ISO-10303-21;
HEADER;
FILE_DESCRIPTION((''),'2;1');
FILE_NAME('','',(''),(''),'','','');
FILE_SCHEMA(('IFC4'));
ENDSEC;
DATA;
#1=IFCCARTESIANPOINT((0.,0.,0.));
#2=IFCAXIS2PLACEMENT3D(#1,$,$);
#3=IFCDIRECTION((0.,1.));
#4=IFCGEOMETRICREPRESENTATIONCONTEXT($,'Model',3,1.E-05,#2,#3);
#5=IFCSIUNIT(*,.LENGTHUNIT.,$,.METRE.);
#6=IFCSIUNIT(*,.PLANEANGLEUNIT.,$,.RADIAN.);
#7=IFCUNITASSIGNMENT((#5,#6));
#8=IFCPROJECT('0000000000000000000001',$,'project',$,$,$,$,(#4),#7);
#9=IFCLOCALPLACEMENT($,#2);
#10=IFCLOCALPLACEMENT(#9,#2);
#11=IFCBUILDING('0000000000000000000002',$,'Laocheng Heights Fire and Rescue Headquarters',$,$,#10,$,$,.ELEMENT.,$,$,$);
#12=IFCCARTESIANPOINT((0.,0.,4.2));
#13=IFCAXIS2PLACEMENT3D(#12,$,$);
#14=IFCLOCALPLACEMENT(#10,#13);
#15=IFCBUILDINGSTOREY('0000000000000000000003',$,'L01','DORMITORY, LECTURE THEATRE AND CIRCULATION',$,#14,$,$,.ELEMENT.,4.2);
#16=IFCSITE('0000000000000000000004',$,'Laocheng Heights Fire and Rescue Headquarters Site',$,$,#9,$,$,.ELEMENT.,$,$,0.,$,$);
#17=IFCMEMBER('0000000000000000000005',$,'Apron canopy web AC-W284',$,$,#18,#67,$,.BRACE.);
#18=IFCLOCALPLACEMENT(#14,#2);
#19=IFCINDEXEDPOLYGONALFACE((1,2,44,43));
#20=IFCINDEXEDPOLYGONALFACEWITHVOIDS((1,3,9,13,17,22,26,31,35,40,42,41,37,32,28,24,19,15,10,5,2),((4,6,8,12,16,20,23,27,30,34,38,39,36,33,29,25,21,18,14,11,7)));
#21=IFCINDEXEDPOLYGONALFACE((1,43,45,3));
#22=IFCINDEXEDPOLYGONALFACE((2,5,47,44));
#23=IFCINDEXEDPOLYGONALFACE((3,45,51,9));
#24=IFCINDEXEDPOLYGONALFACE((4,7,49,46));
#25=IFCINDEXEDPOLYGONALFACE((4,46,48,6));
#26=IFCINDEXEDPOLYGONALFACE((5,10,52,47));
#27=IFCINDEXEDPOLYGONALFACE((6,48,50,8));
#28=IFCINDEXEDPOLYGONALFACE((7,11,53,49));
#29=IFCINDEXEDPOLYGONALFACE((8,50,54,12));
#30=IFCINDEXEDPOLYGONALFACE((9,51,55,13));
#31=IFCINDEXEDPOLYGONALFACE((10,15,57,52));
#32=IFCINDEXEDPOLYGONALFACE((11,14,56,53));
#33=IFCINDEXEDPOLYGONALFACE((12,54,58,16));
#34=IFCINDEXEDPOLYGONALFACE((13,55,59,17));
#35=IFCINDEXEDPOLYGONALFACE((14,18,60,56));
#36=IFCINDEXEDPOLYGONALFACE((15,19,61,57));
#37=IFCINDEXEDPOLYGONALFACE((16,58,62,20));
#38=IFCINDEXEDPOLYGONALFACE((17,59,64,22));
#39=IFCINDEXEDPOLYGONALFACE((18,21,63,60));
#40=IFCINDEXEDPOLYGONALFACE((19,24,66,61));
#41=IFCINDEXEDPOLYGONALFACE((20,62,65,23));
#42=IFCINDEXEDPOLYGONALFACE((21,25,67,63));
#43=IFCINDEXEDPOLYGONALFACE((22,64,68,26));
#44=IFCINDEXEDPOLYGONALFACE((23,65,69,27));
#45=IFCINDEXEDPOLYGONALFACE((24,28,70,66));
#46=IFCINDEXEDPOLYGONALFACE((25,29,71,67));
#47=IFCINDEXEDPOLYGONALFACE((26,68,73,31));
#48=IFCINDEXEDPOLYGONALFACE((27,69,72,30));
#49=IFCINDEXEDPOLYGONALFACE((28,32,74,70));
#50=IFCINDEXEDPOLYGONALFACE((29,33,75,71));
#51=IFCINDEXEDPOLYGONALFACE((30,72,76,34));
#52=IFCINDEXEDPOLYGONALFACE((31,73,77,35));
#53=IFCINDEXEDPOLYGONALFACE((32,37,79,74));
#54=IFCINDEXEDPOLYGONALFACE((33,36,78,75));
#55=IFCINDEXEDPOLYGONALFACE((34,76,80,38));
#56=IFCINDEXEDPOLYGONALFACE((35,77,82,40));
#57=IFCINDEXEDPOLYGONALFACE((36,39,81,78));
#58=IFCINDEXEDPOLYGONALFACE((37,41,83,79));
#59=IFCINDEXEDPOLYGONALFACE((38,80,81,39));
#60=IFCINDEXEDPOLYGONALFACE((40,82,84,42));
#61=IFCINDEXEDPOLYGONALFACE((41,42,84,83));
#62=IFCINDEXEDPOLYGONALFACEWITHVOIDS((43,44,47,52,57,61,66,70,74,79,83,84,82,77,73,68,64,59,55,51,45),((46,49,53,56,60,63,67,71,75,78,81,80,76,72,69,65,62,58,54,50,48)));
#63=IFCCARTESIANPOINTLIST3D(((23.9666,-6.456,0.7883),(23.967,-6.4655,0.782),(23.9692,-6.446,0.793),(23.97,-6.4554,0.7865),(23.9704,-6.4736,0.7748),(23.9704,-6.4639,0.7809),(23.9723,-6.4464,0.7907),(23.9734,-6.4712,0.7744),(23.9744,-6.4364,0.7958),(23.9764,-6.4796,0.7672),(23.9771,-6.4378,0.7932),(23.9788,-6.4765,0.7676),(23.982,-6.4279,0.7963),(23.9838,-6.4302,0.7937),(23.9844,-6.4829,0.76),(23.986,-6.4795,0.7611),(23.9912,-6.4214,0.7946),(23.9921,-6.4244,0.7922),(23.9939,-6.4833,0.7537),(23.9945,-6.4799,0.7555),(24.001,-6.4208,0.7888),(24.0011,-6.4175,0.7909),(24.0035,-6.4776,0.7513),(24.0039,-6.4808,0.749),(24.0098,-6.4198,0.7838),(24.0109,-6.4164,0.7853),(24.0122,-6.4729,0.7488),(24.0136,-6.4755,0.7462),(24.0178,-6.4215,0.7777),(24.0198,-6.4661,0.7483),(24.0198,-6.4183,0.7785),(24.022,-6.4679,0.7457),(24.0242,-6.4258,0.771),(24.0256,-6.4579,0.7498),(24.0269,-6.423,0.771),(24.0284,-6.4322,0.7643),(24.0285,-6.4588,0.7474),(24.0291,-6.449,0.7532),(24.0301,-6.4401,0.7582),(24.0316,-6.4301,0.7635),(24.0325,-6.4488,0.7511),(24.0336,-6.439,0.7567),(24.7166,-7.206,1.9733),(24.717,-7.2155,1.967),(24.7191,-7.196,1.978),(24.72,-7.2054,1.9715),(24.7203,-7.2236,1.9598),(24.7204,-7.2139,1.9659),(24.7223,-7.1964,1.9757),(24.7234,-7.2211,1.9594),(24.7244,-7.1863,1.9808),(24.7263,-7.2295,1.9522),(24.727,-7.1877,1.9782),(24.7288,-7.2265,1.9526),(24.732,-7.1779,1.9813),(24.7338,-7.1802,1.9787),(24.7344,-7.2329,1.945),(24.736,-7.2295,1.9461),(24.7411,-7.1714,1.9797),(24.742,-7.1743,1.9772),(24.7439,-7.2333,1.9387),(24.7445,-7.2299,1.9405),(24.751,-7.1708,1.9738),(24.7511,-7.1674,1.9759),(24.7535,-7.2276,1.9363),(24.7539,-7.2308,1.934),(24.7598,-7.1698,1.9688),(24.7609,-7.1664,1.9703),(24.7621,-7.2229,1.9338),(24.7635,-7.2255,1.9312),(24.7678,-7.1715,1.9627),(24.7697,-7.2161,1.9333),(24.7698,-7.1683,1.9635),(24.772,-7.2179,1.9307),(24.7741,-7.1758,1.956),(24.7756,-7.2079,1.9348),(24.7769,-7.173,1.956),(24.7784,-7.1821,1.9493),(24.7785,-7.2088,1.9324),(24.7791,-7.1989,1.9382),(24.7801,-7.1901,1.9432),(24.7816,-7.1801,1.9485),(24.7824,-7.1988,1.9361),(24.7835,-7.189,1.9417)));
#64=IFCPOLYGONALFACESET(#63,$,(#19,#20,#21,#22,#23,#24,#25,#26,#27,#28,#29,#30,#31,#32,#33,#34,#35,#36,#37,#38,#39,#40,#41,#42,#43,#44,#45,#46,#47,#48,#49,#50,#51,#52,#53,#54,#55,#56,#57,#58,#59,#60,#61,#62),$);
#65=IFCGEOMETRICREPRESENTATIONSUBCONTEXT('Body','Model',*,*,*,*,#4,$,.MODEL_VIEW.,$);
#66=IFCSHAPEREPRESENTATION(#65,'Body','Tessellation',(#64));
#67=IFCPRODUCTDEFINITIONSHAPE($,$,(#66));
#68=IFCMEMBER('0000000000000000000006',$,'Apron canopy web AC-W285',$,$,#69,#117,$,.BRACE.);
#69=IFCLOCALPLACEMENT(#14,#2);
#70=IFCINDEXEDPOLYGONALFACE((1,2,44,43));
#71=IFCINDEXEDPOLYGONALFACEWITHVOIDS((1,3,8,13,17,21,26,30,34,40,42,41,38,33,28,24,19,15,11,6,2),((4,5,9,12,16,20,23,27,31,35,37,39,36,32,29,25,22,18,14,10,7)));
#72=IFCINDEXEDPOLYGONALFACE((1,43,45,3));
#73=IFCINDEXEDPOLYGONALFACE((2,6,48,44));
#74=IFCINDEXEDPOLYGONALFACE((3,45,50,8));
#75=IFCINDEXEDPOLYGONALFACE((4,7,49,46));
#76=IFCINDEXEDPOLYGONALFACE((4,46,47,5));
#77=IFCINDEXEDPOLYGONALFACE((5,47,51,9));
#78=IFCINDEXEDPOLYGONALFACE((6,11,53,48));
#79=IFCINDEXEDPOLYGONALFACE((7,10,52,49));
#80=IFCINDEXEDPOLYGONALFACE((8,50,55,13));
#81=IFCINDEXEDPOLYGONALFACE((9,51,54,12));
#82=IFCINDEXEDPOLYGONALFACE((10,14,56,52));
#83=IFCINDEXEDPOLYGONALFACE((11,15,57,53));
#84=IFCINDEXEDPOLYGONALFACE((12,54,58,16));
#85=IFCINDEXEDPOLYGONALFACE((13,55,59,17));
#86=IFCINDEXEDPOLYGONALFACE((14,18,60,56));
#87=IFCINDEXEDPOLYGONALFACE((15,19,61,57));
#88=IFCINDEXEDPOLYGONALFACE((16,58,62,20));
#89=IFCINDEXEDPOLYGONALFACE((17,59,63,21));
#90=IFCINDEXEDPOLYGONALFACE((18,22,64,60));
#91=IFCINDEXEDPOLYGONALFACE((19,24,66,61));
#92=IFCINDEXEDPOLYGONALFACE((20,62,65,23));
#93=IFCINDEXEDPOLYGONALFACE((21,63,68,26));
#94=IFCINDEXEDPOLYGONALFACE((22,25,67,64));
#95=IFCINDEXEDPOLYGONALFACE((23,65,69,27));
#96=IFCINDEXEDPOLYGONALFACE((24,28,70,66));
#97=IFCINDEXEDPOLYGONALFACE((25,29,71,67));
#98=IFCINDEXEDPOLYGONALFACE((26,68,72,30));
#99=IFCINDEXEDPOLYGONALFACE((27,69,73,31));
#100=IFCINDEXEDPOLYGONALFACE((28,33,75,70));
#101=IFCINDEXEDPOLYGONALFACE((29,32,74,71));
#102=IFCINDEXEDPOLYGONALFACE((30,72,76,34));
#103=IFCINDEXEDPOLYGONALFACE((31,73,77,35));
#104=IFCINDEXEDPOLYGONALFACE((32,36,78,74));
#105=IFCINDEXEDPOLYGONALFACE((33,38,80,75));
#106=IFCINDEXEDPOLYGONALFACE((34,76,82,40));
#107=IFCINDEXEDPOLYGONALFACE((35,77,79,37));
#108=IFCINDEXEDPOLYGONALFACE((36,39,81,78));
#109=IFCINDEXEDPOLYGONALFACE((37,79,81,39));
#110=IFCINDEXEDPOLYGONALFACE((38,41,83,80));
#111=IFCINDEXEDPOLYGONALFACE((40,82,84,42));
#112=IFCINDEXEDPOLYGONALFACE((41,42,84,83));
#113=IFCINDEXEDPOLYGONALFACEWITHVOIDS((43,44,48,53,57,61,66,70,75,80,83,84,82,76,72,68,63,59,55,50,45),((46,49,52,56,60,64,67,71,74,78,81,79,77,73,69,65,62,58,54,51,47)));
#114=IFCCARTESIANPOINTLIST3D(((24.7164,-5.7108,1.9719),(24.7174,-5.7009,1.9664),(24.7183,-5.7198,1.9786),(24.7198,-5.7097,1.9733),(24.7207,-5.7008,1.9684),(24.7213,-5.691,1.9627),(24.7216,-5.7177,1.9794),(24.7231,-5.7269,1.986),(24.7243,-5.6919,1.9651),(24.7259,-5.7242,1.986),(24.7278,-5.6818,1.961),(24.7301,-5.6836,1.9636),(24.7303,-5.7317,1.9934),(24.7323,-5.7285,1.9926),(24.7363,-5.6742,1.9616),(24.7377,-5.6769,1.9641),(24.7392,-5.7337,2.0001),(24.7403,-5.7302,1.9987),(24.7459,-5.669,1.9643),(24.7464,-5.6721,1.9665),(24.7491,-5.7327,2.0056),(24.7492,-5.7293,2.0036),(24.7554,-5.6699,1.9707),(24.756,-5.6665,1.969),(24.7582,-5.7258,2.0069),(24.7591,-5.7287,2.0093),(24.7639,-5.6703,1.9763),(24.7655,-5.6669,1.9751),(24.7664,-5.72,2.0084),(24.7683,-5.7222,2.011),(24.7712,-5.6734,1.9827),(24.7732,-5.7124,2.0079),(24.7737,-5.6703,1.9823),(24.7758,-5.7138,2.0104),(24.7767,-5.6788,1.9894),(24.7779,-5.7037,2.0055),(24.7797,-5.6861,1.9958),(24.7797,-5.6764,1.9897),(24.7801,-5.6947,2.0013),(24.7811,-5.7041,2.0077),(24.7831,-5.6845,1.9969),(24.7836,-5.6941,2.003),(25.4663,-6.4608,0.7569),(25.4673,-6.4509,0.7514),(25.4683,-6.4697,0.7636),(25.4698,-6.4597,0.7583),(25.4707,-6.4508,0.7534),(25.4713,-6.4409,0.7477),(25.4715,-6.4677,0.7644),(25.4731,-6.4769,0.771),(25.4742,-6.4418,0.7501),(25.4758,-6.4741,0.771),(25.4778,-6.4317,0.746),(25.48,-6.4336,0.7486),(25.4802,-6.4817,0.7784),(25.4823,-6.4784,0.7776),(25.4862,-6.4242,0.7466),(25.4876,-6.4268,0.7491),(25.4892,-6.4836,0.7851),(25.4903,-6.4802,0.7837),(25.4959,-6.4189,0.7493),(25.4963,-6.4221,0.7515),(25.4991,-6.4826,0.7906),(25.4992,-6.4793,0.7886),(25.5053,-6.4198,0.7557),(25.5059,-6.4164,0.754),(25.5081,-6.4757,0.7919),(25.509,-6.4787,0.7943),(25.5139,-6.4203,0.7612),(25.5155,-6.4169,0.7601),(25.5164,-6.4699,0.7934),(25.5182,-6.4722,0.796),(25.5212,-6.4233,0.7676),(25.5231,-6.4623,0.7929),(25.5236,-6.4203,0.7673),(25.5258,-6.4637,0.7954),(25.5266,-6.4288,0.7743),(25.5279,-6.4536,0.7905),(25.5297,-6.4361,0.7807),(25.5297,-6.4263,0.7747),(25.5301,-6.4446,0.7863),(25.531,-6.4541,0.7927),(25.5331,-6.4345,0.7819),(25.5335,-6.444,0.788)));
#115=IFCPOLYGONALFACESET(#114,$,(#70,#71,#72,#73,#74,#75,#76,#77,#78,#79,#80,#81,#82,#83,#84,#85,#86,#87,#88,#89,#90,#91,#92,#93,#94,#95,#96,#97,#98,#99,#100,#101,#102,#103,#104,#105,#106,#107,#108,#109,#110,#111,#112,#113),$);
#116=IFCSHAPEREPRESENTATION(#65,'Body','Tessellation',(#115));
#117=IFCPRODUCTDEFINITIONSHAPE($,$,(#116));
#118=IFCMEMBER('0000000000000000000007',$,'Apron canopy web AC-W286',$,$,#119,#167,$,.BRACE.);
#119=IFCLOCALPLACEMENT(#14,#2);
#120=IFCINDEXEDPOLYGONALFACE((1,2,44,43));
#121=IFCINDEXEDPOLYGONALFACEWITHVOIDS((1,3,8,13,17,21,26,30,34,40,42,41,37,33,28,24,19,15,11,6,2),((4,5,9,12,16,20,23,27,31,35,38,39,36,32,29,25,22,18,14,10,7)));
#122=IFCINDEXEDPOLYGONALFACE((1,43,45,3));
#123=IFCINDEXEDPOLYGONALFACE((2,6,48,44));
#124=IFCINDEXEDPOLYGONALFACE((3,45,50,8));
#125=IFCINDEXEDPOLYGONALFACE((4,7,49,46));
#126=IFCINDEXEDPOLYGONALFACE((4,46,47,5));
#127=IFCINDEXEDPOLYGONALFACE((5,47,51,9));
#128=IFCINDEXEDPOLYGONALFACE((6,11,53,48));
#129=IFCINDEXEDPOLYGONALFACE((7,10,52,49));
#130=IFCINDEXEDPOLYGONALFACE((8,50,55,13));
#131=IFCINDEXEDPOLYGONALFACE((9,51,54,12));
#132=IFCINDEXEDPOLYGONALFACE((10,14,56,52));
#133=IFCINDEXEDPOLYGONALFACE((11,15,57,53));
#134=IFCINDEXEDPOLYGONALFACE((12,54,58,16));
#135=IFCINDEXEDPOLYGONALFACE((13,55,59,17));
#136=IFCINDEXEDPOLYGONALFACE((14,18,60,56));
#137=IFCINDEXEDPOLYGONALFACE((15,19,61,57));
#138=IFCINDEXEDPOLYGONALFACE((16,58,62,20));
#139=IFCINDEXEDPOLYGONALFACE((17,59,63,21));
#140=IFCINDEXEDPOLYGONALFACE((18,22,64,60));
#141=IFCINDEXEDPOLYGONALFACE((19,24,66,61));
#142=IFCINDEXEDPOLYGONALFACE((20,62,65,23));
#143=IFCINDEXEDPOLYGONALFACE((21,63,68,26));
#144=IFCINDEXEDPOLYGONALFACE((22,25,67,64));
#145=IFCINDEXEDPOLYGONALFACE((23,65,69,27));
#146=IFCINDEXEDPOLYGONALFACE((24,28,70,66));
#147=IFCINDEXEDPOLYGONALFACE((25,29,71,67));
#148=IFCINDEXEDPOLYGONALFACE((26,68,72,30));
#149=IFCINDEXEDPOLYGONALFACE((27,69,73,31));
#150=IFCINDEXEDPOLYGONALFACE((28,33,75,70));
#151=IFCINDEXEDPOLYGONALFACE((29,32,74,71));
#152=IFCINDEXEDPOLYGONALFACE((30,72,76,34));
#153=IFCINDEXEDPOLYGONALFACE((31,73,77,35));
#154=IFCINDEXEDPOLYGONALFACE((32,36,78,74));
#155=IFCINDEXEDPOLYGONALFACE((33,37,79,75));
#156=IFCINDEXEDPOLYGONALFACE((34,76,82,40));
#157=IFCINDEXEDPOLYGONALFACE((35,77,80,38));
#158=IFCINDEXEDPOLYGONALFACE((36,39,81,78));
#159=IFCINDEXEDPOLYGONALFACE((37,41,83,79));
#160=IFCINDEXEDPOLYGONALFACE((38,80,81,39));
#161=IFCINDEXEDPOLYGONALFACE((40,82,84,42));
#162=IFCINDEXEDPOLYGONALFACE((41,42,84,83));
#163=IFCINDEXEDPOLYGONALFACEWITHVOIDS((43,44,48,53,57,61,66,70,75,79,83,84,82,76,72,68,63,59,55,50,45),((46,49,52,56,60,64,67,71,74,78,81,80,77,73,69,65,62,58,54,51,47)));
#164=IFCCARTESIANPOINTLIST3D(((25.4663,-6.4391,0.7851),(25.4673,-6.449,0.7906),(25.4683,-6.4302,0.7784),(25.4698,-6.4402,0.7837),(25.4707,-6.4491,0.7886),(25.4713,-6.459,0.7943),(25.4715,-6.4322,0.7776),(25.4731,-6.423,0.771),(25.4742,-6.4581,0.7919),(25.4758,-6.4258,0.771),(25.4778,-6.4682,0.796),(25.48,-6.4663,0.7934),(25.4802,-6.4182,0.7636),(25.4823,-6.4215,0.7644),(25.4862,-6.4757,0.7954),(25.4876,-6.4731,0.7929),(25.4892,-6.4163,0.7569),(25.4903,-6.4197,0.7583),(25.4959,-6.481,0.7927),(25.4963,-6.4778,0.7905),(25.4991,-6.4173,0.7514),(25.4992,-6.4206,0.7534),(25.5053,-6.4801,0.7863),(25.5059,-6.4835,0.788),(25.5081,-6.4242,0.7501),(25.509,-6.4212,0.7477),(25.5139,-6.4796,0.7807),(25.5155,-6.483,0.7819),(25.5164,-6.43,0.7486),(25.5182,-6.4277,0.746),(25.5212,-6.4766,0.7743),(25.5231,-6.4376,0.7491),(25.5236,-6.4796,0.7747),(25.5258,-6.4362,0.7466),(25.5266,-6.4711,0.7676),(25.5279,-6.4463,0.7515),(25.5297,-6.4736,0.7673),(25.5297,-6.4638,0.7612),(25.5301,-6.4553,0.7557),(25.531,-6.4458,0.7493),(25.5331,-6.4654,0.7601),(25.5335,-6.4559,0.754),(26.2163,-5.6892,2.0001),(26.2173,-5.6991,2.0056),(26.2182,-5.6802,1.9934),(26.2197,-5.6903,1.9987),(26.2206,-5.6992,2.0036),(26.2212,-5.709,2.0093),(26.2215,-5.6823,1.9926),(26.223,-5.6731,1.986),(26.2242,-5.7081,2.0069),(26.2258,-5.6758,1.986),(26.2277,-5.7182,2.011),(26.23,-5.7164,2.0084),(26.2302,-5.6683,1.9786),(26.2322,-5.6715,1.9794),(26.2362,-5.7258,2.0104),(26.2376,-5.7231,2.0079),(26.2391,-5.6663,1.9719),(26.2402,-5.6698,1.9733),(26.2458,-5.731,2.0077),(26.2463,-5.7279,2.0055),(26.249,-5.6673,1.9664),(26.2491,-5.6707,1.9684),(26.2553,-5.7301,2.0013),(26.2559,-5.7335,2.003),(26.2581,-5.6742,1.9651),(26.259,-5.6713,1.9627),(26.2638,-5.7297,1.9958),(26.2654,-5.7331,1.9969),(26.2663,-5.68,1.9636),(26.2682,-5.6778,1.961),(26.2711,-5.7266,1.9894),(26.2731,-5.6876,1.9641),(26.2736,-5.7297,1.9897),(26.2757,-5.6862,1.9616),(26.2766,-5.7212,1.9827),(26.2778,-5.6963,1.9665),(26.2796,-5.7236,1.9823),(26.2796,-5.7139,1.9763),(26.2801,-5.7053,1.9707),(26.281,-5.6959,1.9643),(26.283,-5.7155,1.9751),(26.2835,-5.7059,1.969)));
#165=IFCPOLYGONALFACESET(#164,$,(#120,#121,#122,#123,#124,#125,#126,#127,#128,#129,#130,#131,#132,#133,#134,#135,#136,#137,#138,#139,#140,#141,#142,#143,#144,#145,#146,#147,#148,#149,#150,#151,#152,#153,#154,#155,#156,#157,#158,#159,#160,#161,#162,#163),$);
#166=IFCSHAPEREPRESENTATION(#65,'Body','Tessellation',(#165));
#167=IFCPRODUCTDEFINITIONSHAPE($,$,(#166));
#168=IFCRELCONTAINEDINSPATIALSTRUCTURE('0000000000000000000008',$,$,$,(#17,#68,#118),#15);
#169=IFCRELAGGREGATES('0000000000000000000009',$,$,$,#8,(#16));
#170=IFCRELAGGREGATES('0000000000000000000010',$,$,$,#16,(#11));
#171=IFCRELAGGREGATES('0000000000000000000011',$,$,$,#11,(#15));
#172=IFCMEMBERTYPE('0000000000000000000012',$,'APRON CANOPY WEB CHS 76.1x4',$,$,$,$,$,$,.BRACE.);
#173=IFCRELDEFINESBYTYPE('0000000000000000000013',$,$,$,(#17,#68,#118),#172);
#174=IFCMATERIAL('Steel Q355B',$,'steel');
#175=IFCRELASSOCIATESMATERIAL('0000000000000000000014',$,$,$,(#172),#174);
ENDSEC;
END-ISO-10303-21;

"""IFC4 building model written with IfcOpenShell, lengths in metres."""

from ifc_helpers import new_model, si_unit, direction, frame, origin, origin_2d, place, context, subcontext, project, spatial, hollow_circle, extrude, material, material_profile, profile_set, type_object, element, save


model = new_model("IFC4")

# Units and contexts
model_context = context("Model", 3, precision=1e-05, world=origin(), true_north=direction((0.0, 1.0)))
body_context = subcontext(model_context, "Body", "Model", "MODEL_VIEW")
ifc_project = project(units=[si_unit("LENGTHUNIT", "METRE"), si_unit("PLANEANGLEUNIT", "RADIAN")], contexts=[model_context])

# Site, building, storey
site_placement = place(None, origin())
site = spatial("IfcSite", under=ifc_project, at=site_placement, Name="Laocheng Heights Fire and Rescue Headquarters Site", CompositionType="ELEMENT", RefElevation=0.0)
building_placement = place(site_placement, origin())
building = spatial("IfcBuilding", under=site, at=building_placement, Name="Laocheng Heights Fire and Rescue Headquarters", CompositionType="ELEMENT")
storey_placement = place(building_placement, frame((0.0, 0.0, 4.2)))
storey = spatial("IfcBuildingStorey", under=building, at=storey_placement, Name="L01", Description="DORMITORY, LECTURE THEATRE AND CIRCULATION", CompositionType="ELEMENT", Elevation=4.2)

# Members
ifc_material_1 = material(Name="Steel Q355B", Category="steel")
ifc_material_profile_1 = material_profile(ifc_material_1, hollow_circle(Radius=0.0381, WallThickness=0.0039, at=origin_2d()), Name="CHS 76.1x4")
ifc_profile_set_1 = profile_set([ifc_material_profile_1], Name="Steel Q355B")
member_type_1 = type_object("IfcMemberType", Name="APRON CANOPY WEB CHS 76.1x4", PredefinedType="BRACE", material=ifc_profile_set_1)
for number, where, z_axis, x_axis, name in (
    (1, (24.0, -6.45, 0.771), (0.47158, -0.47158, 0.745134), (0.707107, 0.707107, 0.0), "Apron canopy web AC-W284"),
):
    element("IfcMember", number, at=place(storey_placement, frame(where, z_axis=z_axis, x_axis=x_axis)), inside=storey, type_object=member_type_1, Name=name, PredefinedType="BRACE", context=body_context, shape_type="SweptSolid", body=[
        extrude(hollow_circle(Radius=0.0381, WallThickness=0.0039, at=origin_2d()), origin(), (0.0, 0.0, 1.0), 1.5903),
    ])
for number, where, z_axis, x_axis, name in (
    (2, (25.5, -6.45, 0.771), (-0.465002, 0.465002, 0.753357), (-0.707107, -0.707107, 0.0), "Apron canopy web AC-W285"),
    (3, (25.5, -6.45, 0.771), (0.465002, 0.465002, 0.753357), (-0.707107, 0.707107, 0.0), "Apron canopy web AC-W286"),
):
    element("IfcMember", number, at=place(storey_placement, frame(where, z_axis=z_axis, x_axis=x_axis)), inside=storey, type_object=member_type_1, Name=name, PredefinedType="BRACE", context=body_context, shape_type="SweptSolid", body=[
        extrude(hollow_circle(Radius=0.0381, WallThickness=0.0039, at=origin_2d()), origin(), (0.0, 0.0, 1.0), 1.6128),
    ])

save(model, "model.ifc")
